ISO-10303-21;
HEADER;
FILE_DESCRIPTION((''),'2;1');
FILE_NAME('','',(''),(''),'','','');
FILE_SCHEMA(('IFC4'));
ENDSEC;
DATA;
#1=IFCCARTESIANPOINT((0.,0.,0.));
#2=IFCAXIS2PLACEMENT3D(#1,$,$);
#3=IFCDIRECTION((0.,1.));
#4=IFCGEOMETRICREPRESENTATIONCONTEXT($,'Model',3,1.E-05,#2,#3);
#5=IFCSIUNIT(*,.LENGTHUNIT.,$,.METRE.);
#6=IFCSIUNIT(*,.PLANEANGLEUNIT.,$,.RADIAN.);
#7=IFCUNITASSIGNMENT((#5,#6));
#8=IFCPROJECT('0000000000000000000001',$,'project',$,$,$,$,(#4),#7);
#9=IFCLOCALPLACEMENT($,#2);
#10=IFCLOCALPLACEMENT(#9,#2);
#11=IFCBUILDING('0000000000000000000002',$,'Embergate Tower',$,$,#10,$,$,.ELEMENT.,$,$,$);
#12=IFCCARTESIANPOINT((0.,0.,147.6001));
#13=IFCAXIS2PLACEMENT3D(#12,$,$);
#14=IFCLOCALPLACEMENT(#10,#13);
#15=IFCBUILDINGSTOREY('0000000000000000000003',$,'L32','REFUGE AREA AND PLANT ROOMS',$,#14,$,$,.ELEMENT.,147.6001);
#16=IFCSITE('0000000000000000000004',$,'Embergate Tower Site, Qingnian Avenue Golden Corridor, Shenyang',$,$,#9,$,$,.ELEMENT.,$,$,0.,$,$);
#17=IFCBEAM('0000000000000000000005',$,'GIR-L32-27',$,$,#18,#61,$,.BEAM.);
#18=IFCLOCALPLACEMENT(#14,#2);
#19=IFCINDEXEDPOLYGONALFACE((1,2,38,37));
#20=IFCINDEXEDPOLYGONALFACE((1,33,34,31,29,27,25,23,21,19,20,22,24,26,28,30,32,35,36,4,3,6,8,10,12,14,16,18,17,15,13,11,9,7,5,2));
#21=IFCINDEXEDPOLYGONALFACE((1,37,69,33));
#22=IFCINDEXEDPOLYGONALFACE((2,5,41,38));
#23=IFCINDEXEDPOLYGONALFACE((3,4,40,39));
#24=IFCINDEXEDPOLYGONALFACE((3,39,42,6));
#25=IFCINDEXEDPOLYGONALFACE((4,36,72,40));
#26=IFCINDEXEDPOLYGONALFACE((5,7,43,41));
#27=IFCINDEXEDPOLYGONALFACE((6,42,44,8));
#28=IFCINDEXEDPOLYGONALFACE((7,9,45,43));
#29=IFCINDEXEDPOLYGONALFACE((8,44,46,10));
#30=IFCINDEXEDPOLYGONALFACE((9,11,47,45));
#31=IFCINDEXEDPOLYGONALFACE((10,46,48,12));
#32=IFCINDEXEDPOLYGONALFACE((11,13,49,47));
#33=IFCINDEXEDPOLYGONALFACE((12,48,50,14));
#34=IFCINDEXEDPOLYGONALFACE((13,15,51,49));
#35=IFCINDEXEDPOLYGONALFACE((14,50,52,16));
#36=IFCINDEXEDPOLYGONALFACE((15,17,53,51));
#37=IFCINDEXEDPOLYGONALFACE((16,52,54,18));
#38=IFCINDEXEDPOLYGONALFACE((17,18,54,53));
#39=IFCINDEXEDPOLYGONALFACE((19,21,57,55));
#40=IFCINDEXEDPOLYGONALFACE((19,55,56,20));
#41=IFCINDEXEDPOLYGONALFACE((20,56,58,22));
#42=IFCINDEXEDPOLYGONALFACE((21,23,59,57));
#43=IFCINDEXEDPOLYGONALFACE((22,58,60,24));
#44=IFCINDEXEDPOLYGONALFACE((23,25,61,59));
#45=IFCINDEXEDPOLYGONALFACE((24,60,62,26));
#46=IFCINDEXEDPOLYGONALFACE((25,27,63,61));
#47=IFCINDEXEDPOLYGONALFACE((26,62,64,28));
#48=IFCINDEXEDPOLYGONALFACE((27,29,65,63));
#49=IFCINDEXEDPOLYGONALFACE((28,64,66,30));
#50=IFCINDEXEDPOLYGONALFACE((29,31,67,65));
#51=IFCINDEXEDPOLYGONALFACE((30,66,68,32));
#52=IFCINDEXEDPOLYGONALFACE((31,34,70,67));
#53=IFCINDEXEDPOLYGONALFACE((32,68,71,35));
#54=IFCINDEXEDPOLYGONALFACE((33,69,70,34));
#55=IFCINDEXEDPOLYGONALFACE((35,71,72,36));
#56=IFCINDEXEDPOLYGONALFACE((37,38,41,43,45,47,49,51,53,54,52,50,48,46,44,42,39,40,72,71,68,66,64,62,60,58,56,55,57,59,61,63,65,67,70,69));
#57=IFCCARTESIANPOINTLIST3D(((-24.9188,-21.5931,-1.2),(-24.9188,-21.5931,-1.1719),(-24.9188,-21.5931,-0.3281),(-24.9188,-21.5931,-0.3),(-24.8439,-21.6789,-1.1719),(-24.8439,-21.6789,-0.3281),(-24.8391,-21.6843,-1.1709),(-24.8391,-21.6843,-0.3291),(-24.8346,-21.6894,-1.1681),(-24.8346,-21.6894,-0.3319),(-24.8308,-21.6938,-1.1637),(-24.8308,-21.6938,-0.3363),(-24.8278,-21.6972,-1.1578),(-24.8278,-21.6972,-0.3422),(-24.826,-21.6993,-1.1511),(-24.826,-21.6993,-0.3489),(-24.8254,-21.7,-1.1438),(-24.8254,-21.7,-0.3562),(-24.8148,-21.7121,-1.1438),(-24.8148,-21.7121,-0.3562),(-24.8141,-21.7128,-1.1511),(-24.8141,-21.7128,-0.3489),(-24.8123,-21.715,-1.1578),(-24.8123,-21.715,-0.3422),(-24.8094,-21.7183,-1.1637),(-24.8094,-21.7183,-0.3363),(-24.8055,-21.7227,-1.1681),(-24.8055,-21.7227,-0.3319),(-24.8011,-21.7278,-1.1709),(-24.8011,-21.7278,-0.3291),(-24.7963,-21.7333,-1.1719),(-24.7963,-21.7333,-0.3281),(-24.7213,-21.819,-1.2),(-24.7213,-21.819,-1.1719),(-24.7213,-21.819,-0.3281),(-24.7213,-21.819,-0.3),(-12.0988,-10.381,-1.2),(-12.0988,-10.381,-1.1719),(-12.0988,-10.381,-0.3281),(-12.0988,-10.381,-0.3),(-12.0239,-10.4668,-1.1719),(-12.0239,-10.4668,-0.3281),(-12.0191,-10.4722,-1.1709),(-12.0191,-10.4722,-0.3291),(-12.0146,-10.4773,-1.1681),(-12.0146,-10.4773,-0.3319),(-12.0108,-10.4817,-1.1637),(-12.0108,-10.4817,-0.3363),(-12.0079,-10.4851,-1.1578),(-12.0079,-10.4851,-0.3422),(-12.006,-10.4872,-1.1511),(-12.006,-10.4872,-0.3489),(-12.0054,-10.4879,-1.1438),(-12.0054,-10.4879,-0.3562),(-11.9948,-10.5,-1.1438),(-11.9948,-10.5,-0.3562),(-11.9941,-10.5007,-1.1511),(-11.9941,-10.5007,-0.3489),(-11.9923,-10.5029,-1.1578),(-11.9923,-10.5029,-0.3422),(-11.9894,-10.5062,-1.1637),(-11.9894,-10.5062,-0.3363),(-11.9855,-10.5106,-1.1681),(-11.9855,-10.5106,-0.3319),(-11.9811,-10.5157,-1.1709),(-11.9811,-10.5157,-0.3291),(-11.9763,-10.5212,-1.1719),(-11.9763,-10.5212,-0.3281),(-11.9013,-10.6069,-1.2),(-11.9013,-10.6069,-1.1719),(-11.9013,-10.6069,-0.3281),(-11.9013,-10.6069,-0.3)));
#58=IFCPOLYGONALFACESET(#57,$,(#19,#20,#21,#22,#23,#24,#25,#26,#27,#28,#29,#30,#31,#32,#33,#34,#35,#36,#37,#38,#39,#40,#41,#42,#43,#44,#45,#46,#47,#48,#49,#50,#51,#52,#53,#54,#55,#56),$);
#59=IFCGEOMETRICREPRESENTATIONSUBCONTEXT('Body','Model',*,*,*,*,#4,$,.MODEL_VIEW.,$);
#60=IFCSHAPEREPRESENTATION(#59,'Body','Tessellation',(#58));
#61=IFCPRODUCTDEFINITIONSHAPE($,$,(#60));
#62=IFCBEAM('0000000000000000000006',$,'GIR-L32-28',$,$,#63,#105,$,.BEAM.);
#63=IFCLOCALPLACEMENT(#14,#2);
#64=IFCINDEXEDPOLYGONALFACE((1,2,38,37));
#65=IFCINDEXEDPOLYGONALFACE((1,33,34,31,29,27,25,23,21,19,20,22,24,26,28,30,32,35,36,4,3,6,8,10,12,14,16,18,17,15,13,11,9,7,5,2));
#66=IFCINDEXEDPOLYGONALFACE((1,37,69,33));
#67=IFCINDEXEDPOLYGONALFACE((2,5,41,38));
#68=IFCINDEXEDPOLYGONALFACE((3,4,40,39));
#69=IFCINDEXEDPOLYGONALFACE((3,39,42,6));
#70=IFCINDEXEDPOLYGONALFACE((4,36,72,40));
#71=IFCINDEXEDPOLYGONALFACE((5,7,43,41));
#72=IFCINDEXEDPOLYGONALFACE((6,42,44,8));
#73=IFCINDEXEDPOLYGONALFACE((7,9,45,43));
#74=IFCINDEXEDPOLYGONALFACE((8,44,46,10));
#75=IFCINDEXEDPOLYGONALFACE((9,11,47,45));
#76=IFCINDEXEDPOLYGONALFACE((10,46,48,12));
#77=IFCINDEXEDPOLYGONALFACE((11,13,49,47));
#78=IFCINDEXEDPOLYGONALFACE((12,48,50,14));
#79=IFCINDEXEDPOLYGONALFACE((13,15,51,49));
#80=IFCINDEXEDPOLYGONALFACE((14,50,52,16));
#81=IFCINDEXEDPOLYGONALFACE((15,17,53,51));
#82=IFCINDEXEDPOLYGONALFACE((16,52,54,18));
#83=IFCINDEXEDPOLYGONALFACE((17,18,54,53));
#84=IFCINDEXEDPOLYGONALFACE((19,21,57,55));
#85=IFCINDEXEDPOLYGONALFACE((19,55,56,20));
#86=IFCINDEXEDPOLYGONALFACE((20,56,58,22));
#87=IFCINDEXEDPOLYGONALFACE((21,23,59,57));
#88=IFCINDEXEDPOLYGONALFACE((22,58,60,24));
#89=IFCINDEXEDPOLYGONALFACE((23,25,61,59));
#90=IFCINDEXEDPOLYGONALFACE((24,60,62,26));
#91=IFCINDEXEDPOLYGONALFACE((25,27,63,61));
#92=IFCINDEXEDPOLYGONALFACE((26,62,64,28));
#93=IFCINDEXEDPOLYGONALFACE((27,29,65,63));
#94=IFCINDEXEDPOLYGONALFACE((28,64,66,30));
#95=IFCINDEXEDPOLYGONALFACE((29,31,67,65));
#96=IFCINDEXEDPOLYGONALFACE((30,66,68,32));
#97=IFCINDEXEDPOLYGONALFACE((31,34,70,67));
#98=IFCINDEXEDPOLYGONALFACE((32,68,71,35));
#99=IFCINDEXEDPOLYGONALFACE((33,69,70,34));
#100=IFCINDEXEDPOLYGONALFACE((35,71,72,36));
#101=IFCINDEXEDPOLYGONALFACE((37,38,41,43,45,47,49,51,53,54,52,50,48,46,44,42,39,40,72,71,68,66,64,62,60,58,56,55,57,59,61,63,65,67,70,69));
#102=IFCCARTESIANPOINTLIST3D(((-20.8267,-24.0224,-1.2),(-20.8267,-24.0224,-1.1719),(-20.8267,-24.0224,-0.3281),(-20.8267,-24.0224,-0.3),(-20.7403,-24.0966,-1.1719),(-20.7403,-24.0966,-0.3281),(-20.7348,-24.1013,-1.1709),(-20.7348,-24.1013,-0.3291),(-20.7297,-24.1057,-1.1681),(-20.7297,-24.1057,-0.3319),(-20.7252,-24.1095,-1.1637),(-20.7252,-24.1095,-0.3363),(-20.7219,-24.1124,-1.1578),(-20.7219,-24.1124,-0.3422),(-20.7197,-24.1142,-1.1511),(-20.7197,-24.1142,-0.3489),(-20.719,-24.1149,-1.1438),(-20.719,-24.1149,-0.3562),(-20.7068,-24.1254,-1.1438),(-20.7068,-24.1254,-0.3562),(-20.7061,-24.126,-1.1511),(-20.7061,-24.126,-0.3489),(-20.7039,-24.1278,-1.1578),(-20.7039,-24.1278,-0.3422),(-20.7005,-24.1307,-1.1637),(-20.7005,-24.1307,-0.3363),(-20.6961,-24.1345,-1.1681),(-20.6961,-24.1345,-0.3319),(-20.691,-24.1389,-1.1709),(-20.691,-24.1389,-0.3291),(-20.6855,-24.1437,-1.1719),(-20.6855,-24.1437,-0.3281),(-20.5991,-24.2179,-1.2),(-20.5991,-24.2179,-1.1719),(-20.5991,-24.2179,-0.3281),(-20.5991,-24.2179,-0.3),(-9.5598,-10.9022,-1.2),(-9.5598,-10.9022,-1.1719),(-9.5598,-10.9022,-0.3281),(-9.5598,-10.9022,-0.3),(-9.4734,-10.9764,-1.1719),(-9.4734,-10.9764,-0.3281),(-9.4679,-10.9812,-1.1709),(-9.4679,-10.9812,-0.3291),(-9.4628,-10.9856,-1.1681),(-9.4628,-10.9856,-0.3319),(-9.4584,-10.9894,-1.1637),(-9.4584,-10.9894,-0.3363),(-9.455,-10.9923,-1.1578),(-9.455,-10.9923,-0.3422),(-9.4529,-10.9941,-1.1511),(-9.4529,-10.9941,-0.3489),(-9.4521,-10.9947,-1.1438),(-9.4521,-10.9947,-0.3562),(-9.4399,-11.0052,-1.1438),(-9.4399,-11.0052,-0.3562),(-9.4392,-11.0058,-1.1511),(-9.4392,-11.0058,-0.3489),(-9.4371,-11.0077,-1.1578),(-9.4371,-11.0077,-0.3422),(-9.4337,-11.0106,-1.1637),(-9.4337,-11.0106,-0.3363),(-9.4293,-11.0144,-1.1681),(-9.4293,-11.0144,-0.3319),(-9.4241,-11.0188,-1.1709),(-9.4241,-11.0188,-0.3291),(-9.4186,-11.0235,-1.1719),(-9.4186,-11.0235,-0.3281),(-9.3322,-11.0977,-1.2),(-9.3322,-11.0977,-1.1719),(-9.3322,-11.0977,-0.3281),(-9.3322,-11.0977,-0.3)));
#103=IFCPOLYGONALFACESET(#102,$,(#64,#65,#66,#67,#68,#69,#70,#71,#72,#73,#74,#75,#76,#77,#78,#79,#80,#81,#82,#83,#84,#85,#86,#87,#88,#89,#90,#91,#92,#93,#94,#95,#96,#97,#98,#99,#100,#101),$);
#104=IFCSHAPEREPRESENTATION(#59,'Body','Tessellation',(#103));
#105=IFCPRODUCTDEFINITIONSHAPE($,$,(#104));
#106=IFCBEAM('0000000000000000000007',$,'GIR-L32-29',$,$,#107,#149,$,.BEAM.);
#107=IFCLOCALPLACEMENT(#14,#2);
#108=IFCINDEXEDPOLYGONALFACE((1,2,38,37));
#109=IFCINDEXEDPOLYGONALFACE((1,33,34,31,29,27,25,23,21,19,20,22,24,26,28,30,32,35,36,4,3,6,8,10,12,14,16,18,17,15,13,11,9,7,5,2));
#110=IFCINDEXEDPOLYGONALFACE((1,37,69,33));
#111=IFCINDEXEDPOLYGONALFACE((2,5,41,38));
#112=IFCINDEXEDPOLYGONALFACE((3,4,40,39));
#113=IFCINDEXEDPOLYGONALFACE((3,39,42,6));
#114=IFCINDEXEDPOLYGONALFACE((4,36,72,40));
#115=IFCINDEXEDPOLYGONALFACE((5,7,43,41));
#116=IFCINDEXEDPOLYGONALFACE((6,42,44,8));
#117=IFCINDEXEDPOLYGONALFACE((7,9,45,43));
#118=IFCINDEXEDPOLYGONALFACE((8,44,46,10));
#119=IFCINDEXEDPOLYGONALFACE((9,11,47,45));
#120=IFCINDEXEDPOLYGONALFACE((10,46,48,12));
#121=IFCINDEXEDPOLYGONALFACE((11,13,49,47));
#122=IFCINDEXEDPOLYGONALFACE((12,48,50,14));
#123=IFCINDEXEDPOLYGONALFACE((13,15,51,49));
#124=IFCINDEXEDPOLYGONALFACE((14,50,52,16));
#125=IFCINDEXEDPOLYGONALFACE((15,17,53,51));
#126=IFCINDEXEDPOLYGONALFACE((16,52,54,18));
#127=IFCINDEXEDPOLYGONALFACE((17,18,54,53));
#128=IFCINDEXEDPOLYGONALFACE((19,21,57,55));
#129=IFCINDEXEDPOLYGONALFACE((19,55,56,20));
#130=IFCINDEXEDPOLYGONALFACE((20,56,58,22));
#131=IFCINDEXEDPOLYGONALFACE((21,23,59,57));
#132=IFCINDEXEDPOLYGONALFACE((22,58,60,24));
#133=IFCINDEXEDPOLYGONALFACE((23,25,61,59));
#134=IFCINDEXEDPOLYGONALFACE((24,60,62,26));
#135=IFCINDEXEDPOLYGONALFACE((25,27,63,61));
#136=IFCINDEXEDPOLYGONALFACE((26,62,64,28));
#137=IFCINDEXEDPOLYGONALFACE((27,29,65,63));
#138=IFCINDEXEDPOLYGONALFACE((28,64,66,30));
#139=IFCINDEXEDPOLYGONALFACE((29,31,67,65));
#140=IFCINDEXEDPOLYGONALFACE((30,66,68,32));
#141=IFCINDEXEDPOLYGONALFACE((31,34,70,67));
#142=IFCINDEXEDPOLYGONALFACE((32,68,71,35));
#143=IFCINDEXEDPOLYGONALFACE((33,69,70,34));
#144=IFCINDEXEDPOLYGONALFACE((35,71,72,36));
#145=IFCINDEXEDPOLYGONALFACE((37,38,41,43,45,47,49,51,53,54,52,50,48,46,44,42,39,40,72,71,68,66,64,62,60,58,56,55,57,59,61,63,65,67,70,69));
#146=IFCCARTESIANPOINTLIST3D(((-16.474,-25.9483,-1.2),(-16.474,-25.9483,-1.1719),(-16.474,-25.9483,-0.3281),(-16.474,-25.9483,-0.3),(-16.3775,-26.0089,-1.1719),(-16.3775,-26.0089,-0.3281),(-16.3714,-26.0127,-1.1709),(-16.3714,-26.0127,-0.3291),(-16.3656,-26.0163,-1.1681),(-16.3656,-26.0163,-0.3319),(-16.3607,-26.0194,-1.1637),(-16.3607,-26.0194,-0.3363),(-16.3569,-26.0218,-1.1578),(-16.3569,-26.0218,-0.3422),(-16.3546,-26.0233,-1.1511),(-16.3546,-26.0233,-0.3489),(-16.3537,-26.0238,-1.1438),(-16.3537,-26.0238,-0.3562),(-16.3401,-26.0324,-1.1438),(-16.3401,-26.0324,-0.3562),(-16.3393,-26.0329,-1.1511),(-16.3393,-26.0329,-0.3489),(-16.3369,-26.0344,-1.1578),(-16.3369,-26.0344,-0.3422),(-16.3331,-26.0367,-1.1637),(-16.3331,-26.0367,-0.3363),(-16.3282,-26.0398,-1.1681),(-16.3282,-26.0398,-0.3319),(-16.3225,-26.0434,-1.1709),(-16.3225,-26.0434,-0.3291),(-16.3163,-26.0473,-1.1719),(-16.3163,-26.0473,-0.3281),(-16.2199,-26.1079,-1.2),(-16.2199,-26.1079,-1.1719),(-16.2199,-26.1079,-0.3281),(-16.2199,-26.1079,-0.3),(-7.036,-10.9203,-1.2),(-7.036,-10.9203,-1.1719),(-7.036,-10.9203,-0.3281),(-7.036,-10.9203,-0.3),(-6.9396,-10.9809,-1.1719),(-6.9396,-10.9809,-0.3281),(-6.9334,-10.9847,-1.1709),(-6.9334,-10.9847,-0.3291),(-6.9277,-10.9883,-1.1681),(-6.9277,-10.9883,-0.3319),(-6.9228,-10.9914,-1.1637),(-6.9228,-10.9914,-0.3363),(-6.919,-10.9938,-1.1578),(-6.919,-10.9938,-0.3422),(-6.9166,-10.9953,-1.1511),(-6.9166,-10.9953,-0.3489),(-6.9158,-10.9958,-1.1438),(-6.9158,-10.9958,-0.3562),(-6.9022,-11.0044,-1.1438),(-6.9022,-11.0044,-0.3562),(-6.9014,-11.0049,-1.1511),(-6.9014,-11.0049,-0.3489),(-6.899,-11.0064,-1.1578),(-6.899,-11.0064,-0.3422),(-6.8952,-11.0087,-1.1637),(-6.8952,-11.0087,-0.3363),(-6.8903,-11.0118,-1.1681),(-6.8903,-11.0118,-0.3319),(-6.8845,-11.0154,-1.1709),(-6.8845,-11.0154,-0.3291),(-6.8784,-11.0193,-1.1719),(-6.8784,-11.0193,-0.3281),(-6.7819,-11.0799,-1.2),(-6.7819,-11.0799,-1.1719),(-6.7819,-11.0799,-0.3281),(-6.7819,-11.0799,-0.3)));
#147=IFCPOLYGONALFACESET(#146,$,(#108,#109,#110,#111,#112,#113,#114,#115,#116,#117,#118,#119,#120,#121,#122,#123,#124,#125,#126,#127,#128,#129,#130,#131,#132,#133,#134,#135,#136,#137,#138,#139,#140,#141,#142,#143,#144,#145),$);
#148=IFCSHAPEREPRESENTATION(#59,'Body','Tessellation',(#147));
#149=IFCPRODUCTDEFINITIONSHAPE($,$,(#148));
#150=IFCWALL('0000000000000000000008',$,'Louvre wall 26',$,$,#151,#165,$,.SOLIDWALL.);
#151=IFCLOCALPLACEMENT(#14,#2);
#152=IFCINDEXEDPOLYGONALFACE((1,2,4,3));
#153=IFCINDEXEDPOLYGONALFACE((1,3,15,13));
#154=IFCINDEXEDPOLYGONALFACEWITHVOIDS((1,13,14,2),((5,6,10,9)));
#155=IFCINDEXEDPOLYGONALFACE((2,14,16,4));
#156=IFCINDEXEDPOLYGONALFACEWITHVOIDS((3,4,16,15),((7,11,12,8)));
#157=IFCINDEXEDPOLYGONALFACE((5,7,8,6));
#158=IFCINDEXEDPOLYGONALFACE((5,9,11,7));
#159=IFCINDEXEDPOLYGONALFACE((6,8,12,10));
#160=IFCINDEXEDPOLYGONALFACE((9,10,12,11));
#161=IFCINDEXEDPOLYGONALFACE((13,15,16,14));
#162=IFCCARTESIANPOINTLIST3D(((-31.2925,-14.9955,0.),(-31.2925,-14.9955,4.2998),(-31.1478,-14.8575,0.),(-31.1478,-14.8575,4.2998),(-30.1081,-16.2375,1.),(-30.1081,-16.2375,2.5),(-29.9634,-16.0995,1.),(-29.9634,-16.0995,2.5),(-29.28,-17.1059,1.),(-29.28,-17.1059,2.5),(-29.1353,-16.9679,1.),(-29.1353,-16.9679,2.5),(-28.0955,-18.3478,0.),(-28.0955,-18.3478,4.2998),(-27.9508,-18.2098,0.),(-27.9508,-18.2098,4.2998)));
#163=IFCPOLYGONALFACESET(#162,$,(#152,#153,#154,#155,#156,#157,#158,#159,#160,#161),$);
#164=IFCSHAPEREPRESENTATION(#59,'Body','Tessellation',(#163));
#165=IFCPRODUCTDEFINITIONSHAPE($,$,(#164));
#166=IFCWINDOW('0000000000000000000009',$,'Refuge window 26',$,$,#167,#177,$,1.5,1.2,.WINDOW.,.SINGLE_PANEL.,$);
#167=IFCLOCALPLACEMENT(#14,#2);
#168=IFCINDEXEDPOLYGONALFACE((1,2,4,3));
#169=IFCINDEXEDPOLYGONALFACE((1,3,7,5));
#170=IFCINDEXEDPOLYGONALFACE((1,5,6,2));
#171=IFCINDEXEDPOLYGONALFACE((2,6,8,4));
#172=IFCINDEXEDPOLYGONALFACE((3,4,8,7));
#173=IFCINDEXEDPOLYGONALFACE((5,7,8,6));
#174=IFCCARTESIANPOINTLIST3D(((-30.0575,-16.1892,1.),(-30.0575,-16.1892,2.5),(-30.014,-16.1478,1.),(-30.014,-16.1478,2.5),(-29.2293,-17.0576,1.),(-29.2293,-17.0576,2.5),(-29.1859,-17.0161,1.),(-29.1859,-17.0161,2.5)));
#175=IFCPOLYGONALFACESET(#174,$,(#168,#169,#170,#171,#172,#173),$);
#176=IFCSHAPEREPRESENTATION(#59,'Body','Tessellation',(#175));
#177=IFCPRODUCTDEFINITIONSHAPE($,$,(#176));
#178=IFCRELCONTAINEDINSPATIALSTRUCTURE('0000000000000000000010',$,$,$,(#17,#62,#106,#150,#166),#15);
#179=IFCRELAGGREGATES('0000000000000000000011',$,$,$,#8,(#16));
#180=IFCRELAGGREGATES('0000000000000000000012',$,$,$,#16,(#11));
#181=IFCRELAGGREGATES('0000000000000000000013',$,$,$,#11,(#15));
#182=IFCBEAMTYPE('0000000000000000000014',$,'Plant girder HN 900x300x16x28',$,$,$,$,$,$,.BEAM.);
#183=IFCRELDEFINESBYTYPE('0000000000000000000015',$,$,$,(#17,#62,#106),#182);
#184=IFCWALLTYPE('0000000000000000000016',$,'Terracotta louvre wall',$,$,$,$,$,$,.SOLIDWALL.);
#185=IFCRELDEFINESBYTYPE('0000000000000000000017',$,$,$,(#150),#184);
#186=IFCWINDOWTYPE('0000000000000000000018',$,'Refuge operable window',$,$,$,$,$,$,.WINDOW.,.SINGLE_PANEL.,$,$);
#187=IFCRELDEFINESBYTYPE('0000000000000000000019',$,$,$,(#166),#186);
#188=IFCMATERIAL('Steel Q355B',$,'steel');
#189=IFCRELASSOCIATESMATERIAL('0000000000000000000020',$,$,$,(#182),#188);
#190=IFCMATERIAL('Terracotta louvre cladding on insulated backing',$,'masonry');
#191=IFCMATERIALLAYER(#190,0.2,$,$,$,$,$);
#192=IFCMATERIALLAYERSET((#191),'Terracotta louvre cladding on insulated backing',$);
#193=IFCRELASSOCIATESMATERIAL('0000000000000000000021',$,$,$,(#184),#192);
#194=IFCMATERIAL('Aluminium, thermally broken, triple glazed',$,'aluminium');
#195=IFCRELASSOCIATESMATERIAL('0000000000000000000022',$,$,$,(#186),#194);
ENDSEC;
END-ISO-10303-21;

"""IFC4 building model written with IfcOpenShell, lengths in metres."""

from ifc_helpers import new_model, si_unit, direction, frame, frame_2d, origin, origin_2d, place, context, subcontext, project, spatial, rectangle, i_section, extrude, source, transform, mapped, material, layer, layer_set, material_profile, profile_set, type_object, element, fill, save


model = new_model("IFC4")

# Units and contexts
model_context = context("Model", 3, precision=1e-05, world=origin(), true_north=direction((0.0, 1.0)))
body_context = subcontext(model_context, "Body", "Model", "MODEL_VIEW")
ifc_project = project(units=[si_unit("LENGTHUNIT", "METRE"), si_unit("PLANEANGLEUNIT", "RADIAN")], contexts=[model_context])

# Site, building, storey
site_placement = place(None, origin())
site = spatial("IfcSite", under=ifc_project, at=site_placement, Name="Embergate Tower Site, Qingnian Avenue Golden Corridor, Shenyang", CompositionType="ELEMENT", RefElevation=0.0)
building_placement = place(site_placement, origin())
building = spatial("IfcBuilding", under=site, at=building_placement, Name="Embergate Tower", CompositionType="ELEMENT")
storey_placement = place(building_placement, frame((0.0, 0.0, 147.6001)))
storey = spatial("IfcBuildingStorey", under=building, at=storey_placement, Name="L32", Description="REFUGE AREA AND PLANT ROOMS", CompositionType="ELEMENT", Elevation=147.6001)

# Beams
ifc_material_1 = material(Name="Steel Q355B", Category="steel")
ifc_material_profile_1 = material_profile(ifc_material_1, i_section(OverallWidth=0.3, OverallDepth=0.8999, WebThickness=0.0161, FlangeThickness=0.0281, FilletRadius=0.0281, at=origin_2d()), Name="HN 900x300x16x28")
ifc_profile_set_1 = profile_set([ifc_material_profile_1], Name="Steel Q355 grade B")
beam_type_1 = type_object("IfcBeamType", Name="Plant girder HN 900x300x16x28", PredefinedType="BEAM", material=ifc_profile_set_1)
shared_shape_1 = source(origin(), body_context, "Body", "SweptSolid", [
    extrude(i_section(OverallWidth=0.3, OverallDepth=0.8999, WebThickness=0.0161, FlangeThickness=0.0281, FilletRadius=0.0281, at=origin_2d()), origin(), (0.0, 0.0, 1.0), 17.0312),
])
beam_1_placement = place(storey_placement, frame((-24.8201, -21.7061, -0.75), z_axis=(0.752734, 0.658325, 0.0), x_axis=(-0.658325, 0.752734, 0.0)))
element("IfcBeam", 1, at=beam_1_placement, inside=storey, type_object=beam_type_1, Name="GIR-L32-27", PredefinedType="BEAM", context=body_context, shape_type="MappedRepresentation", body=[
    mapped(shared_shape_1, transform((0.0, 0.0, 0.0))),
])
shared_shape_2 = source(origin(), body_context, "Body", "SweptSolid", [
    extrude(i_section(OverallWidth=0.3, OverallDepth=0.8999, WebThickness=0.0161, FlangeThickness=0.0281, FilletRadius=0.0281, at=origin_2d()), origin(), (0.0, 0.0, 1.0), 17.2939),
])
beam_2_placement = place(storey_placement, frame((-20.7129, -24.1201, -0.75), z_axis=(0.651492, 0.758655, 0.0), x_axis=(-0.758655, 0.651492, 0.0)))
element("IfcBeam", 2, at=beam_2_placement, inside=storey, type_object=beam_type_1, Name="GIR-L32-28", PredefinedType="BEAM", context=body_context, shape_type="MappedRepresentation", body=[
    mapped(shared_shape_2, transform((0.0, 0.0, 0.0))),
])
shared_shape_3 = source(origin(), body_context, "Body", "SweptSolid", [
    extrude(i_section(OverallWidth=0.3, OverallDepth=0.8999, WebThickness=0.0161, FlangeThickness=0.0281, FilletRadius=0.0281, at=origin_2d()), origin(), (0.0, 0.0, 1.0), 17.7458),
])
beam_3_placement = place(storey_placement, frame((-16.3469, -26.0281, -0.75), z_axis=(0.531839, 0.846845, 0.0), x_axis=(-0.846845, 0.531839, 0.0)))
element("IfcBeam", 3, at=beam_3_placement, inside=storey, type_object=beam_type_1, Name="GIR-L32-29", PredefinedType="BEAM", context=body_context, shape_type="MappedRepresentation", body=[
    mapped(shared_shape_3, transform((0.0, 0.0, 0.0))),
])

# Wall, opening, window
ifc_material_2 = material(Name="Terracotta louvre cladding on insulated backing", Category="masonry")
ifc_layer_1 = layer(ifc_material_2, 0.2)
ifc_layer_set_1 = layer_set([ifc_layer_1], Name="Terracotta louvre cladding on insulated backing")
wall_type = type_object("IfcWallType", Name="Terracotta louvre wall", PredefinedType="SOLIDWALL", material=ifc_layer_set_1)
shared_shape_4 = source(origin(), body_context, "Body", "SweptSolid", [
    extrude(rectangle(XDim=4.6323, YDim=0.2, at=frame_2d((2.3162, 0.0))), origin(), (0.0, 0.0, 1.0), 4.2998),
])
wall_1_placement = place(storey_placement, frame((-28.0232, -18.2788, 0.0), z_axis=(0.0, 0.0, 1.0), x_axis=(-0.690149, 0.723668, 0.0)))
wall_1 = element("IfcWall", 4, at=wall_1_placement, inside=storey, type_object=wall_type, Name="Louvre wall 26", PredefinedType="SOLIDWALL", context=body_context, shape_type="MappedRepresentation", body=[
    mapped(shared_shape_4, transform((0.0, 0.0, 0.0))),
])
shared_shape_5 = source(origin(), body_context, "Body", "SweptSolid", [
    extrude(rectangle(XDim=1.2, YDim=1.5, at=frame_2d((0.6001, 0.75))), frame((0.0, 0.1099, 0.0), z_axis=(0.0, -1.0, 0.0), x_axis=(1.0, 0.0, 0.0)), (0.0, 0.0, 1.0), 0.22),
])
opening_1_placement = place(wall_1_placement, frame((1.7161, 0.0, 1.0)))
opening_1 = element("IfcOpeningElement", 5, at=opening_1_placement, cuts=wall_1, PredefinedType="OPENING", context=body_context, shape_type="MappedRepresentation", body=[
    mapped(shared_shape_5, transform((0.0, 0.0, 0.0))),
])
ifc_material_3 = material(Name="Aluminium, thermally broken, triple glazed", Category="aluminium")
window_type = type_object("IfcWindowType", Name="Refuge operable window", PartitioningType="SINGLE_PANEL", PredefinedType="WINDOW", material=ifc_material_3)
shared_shape_6 = source(origin(), body_context, "Body", "SweptSolid", [
    extrude(rectangle(XDim=1.2, YDim=1.5, at=frame_2d((0.6001, 0.75))), frame((0.0, 0.03, 0.0), z_axis=(0.0, -1.0, 0.0), x_axis=(1.0, 0.0, 0.0)), (0.0, 0.0, 1.0), 0.0601),
])
window_1_placement = place(opening_1_placement, origin())
window_1 = element("IfcWindow", 6, at=window_1_placement, inside=storey, type_object=window_type, Name="Refuge window 26", OverallHeight=1.5, OverallWidth=1.2, PartitioningType="SINGLE_PANEL", PredefinedType="WINDOW", context=body_context, shape_type="MappedRepresentation", body=[
    mapped(shared_shape_6, transform((0.0, 0.0, 0.0))),
])
fill(opening_1, window_1)

save(model, "model.ifc")
